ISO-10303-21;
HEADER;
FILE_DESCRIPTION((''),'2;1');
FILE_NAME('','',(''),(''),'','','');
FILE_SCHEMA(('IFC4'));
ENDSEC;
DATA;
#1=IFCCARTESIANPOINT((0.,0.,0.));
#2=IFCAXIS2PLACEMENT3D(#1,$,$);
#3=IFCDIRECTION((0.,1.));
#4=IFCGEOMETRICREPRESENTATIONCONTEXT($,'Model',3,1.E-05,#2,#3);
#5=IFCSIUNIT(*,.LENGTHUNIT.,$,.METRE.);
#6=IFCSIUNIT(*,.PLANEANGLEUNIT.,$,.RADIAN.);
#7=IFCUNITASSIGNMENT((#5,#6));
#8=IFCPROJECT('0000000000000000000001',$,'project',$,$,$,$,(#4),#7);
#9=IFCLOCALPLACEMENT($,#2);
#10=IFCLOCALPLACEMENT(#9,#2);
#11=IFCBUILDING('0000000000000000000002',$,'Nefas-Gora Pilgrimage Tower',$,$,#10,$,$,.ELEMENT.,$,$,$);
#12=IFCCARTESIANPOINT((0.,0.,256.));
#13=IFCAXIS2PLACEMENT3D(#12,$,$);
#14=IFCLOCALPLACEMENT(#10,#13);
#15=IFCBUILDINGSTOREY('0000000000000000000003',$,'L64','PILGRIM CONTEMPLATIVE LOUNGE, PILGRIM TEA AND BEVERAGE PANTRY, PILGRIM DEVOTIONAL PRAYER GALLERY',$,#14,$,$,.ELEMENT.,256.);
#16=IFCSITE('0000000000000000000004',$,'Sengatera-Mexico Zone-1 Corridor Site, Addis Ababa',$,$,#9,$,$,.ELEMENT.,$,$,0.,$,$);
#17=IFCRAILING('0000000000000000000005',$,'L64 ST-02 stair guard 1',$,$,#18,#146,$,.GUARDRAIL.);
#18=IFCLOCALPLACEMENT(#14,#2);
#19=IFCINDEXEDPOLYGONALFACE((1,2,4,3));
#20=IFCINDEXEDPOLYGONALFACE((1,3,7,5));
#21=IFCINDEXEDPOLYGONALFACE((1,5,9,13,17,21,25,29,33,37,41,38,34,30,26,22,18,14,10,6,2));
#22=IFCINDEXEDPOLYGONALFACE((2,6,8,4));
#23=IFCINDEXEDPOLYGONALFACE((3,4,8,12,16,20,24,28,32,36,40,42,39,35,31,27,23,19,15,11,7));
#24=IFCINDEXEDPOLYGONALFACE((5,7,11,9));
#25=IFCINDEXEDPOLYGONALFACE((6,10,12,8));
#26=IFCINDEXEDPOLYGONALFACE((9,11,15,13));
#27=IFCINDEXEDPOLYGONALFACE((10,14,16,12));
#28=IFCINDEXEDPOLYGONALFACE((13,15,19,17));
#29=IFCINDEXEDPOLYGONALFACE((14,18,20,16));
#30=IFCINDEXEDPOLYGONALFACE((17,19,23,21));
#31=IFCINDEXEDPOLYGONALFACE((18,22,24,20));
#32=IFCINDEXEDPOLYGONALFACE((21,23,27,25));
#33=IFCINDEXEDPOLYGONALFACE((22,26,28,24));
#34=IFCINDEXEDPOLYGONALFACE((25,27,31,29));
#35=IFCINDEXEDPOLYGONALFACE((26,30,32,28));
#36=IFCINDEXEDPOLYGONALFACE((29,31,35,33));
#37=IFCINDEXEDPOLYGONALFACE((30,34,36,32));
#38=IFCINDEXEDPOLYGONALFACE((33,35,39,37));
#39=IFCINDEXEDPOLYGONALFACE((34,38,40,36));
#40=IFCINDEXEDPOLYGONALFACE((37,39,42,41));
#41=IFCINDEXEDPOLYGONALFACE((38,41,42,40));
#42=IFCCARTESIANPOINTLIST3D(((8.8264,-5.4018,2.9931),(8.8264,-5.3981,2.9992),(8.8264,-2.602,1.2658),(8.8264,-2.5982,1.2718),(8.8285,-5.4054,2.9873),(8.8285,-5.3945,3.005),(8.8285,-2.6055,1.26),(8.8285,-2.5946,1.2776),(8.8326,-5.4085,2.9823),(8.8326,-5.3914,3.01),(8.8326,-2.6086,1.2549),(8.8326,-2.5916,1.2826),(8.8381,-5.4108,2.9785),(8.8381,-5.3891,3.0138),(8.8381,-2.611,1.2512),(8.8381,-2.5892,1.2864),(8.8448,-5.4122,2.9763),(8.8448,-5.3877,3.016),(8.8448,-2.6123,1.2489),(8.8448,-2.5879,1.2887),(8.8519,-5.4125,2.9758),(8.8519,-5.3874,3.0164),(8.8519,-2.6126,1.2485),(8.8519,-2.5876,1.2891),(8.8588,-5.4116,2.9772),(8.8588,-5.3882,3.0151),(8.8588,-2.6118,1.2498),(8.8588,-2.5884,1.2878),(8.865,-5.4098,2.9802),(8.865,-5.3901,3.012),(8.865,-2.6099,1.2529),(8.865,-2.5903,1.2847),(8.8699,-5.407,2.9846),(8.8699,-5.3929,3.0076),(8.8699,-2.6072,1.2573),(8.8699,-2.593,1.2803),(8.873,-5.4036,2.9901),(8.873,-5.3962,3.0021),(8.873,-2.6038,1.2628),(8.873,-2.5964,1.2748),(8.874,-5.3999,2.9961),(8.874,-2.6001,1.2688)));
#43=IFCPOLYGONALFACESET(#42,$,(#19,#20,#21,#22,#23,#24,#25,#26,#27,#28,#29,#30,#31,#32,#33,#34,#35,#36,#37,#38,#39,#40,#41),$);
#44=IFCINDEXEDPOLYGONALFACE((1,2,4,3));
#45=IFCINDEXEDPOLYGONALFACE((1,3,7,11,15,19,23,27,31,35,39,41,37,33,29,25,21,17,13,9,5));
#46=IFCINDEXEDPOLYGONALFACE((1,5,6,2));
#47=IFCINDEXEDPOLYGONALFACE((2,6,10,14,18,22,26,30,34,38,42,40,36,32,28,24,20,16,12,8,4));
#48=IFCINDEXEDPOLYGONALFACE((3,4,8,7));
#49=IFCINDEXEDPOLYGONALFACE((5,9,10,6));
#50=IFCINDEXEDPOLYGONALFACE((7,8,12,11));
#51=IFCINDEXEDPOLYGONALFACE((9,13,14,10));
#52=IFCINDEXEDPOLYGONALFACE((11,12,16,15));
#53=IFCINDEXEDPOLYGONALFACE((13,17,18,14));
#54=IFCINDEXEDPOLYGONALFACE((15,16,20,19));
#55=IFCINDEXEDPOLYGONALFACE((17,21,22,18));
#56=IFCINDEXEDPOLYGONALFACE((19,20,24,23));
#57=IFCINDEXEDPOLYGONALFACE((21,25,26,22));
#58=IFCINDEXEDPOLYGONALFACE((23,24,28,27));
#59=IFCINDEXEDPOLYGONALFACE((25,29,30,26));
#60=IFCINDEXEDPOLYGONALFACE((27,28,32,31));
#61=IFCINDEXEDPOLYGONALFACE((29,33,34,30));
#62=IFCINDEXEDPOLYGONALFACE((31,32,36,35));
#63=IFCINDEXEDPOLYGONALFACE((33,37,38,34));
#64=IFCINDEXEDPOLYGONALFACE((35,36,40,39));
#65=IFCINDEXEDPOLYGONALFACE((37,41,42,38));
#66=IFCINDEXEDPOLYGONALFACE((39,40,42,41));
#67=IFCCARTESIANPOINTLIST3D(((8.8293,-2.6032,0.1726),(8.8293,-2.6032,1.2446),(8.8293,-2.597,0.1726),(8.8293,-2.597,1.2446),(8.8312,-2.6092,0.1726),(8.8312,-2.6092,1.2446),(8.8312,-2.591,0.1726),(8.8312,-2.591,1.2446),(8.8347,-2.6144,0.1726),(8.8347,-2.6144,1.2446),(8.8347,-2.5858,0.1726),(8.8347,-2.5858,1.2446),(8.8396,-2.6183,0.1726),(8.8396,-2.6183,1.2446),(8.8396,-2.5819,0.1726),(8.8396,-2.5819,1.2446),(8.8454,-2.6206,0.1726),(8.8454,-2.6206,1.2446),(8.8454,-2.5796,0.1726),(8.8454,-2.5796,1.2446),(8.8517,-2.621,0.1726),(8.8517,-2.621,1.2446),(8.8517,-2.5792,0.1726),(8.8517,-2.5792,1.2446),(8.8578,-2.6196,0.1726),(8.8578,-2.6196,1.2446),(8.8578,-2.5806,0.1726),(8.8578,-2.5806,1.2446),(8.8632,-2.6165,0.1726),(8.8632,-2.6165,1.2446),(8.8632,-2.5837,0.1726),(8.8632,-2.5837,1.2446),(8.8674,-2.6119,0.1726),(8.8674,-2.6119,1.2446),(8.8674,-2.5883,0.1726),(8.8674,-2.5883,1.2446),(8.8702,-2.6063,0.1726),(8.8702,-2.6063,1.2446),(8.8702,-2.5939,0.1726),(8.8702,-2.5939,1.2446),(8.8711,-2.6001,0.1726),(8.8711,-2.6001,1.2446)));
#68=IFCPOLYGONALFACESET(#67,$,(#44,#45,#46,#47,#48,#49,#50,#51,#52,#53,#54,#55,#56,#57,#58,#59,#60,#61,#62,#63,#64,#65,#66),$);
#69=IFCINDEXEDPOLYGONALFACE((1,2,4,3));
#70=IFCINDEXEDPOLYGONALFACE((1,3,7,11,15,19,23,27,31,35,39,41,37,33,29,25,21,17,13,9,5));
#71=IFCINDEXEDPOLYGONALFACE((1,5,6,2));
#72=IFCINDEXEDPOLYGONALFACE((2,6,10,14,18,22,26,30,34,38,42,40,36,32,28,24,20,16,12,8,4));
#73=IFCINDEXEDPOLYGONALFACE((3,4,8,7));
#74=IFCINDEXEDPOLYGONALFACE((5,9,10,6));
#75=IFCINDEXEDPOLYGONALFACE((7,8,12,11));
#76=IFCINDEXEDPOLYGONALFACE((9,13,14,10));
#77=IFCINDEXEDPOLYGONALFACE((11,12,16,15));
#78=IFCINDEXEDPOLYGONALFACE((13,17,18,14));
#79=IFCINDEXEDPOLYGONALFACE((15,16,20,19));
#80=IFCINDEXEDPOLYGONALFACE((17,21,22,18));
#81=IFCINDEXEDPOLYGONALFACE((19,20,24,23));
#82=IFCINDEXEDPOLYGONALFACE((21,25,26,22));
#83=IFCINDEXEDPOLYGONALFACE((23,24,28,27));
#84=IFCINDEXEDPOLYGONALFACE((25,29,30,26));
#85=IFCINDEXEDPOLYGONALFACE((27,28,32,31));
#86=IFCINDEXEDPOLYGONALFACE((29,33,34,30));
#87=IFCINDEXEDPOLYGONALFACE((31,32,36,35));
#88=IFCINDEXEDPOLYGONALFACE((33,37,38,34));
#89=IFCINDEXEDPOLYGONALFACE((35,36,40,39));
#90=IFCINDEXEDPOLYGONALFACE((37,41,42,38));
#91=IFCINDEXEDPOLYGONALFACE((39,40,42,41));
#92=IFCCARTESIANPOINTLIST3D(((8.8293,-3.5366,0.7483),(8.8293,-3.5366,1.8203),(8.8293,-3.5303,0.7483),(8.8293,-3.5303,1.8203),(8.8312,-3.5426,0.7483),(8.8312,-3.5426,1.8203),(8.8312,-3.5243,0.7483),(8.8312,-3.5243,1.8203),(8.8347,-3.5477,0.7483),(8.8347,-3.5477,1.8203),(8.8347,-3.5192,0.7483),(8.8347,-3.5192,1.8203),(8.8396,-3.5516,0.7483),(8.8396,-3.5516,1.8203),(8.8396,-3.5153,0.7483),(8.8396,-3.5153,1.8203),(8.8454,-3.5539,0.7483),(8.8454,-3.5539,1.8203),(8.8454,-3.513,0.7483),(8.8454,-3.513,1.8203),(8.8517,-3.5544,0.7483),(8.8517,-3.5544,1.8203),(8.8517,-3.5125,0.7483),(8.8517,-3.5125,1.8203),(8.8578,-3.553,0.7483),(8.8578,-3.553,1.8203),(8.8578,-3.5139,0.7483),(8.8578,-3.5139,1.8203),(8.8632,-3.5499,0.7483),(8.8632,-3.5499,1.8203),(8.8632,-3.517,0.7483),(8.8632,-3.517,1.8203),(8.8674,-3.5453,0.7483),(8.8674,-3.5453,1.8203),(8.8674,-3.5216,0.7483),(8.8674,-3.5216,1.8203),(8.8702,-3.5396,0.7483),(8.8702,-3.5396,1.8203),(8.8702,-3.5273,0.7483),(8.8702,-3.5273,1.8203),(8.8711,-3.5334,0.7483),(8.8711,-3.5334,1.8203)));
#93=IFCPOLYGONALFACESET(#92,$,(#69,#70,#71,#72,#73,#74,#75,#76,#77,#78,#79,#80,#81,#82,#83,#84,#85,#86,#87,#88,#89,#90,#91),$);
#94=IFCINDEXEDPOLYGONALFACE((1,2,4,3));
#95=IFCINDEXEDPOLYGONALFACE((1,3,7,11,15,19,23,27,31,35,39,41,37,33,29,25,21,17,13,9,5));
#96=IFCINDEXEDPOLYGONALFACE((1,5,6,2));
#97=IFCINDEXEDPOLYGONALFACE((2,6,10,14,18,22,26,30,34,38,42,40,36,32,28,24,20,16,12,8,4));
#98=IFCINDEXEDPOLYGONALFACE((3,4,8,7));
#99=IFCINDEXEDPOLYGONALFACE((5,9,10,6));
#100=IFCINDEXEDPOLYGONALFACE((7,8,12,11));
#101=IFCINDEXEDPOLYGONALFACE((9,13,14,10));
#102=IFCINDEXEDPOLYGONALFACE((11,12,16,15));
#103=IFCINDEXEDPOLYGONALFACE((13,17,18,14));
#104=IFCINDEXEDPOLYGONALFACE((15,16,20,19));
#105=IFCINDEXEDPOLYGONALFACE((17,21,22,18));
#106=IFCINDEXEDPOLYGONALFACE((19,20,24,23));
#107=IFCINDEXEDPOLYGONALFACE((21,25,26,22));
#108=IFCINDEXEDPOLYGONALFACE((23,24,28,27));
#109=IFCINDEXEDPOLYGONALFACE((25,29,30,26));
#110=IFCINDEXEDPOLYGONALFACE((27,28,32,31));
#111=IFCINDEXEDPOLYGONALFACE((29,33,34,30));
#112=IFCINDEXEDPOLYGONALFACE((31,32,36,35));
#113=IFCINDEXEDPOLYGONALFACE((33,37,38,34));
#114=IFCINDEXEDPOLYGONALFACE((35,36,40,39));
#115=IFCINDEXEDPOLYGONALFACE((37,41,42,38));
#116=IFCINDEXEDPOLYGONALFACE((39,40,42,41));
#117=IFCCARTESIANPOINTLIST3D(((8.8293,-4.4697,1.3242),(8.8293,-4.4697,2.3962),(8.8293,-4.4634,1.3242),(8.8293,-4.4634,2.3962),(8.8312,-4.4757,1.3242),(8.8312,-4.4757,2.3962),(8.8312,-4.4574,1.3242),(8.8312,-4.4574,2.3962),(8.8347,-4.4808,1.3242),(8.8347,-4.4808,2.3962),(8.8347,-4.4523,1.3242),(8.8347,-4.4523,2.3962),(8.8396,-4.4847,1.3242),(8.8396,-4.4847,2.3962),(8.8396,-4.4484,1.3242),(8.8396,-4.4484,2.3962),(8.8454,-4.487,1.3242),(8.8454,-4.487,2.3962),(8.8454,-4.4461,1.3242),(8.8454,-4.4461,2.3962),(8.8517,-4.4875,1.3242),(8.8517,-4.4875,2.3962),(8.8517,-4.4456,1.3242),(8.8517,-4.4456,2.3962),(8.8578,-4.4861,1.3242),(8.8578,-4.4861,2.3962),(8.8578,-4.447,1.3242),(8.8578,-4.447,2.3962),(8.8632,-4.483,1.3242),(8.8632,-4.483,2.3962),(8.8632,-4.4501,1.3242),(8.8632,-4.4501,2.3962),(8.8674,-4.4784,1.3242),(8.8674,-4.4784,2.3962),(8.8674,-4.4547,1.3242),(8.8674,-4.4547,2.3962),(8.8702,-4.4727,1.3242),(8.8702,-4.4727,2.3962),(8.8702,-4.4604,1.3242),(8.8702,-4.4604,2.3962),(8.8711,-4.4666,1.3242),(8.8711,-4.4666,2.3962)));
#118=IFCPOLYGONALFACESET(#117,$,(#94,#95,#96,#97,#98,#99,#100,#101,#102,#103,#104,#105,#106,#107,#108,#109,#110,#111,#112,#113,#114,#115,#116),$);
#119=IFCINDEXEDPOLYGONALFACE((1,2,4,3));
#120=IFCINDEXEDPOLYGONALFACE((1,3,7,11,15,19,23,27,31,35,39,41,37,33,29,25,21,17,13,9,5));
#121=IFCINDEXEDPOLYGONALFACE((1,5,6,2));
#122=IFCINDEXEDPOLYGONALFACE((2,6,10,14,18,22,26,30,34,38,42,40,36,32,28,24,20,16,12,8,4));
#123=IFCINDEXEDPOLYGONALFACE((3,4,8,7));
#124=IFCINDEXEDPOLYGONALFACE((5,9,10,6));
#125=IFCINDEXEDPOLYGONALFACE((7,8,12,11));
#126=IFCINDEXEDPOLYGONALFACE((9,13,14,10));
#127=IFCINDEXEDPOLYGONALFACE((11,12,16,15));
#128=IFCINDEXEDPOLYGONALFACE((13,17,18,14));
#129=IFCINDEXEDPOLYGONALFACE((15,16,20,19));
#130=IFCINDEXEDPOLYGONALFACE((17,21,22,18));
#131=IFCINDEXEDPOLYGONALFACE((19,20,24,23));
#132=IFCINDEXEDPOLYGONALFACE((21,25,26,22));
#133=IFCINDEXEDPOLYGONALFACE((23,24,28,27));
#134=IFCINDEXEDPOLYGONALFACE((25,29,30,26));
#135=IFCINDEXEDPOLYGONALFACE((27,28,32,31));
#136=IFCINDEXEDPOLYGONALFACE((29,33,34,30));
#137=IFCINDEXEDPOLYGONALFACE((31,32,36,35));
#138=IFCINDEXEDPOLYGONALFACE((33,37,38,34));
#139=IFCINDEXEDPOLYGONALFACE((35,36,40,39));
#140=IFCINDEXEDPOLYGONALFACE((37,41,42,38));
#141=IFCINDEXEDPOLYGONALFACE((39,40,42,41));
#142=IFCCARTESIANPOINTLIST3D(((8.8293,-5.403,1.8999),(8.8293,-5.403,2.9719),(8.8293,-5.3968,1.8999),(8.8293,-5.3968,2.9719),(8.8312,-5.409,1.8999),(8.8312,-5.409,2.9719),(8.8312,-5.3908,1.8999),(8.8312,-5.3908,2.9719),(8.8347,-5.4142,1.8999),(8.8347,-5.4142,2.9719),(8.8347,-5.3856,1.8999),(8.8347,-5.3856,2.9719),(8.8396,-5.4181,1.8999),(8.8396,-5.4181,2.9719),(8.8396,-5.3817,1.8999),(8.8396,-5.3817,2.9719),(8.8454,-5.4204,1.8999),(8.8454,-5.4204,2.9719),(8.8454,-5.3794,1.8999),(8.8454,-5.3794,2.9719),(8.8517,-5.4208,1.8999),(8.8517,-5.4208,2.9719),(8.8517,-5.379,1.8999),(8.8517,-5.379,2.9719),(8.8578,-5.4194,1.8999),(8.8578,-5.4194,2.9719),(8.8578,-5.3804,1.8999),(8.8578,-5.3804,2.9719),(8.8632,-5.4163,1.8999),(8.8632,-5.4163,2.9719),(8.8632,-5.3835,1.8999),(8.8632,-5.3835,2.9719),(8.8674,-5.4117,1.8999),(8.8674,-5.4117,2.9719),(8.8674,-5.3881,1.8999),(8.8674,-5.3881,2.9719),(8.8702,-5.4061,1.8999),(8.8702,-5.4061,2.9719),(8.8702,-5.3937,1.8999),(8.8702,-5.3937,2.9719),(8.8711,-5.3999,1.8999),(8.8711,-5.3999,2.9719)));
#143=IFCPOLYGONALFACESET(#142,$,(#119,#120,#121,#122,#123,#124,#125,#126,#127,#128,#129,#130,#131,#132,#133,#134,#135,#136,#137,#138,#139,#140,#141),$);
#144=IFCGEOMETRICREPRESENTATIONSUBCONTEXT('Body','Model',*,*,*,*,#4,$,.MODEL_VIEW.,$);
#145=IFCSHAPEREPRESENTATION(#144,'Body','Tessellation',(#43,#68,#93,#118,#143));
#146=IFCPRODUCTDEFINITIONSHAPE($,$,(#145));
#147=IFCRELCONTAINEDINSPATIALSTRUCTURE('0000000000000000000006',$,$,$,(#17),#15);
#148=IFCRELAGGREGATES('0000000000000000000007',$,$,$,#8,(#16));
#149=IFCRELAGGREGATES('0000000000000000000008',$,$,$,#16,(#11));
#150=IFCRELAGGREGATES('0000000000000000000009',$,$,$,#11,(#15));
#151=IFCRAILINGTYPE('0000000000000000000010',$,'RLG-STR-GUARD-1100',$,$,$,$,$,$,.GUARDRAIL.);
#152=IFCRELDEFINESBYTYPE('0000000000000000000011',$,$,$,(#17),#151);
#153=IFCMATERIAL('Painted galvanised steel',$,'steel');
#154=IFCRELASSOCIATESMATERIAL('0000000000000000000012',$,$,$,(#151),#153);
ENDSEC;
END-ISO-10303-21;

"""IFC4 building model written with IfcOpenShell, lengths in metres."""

from ifc_helpers import new_model, si_unit, direction, frame, origin, origin_2d, place, context, subcontext, project, spatial, circle, extrude, material, type_object, element, save


model = new_model("IFC4")

# Units and contexts
model_context = context("Model", 3, precision=1e-05, world=origin(), true_north=direction((0.0, 1.0)))
body_context = subcontext(model_context, "Body", "Model", "MODEL_VIEW")
ifc_project = project(units=[si_unit("LENGTHUNIT", "METRE"), si_unit("PLANEANGLEUNIT", "RADIAN")], contexts=[model_context])

# Site, building, storey
site_placement = place(None, origin())
site = spatial("IfcSite", under=ifc_project, at=site_placement, Name="Sengatera-Mexico Zone-1 Corridor Site, Addis Ababa", CompositionType="ELEMENT", RefElevation=0.0)
building_placement = place(site_placement, origin())
building = spatial("IfcBuilding", under=site, at=building_placement, Name="Nefas-Gora Pilgrimage Tower", CompositionType="ELEMENT")
storey_placement = place(building_placement, frame((0.0, 0.0, 256.0)))
storey = spatial("IfcBuildingStorey", under=building, at=storey_placement, Name="L64", Description="PILGRIM CONTEMPLATIVE LOUNGE, PILGRIM TEA AND BEVERAGE PANTRY, PILGRIM DEVOTIONAL PRAYER GALLERY", CompositionType="ELEMENT", Elevation=256.0)

# Railing
ifc_material_1 = material(Name="Painted galvanised steel", Category="steel")
railing_type_1 = type_object("IfcRailingType", Name="RLG-STR-GUARD-1100", PredefinedType="GUARDRAIL", material=ifc_material_1)
railing_1_placement = place(storey_placement, frame((8.8501, -2.6001, 0.1726)))
element("IfcRailing", 1, at=railing_1_placement, inside=storey, type_object=railing_type_1, Name="L64 ST-02 stair guard 1", PredefinedType="GUARDRAIL", context=body_context, shape_type="SweptSolid", body=[
    extrude(circle(Radius=0.0239, at=origin_2d()), frame((0.0, 0.0, 1.0962), z_axis=(0.0, -0.851069, 0.525054), x_axis=(1.0, 0.0, 0.0)), (0.0, 0.0, 1.0), 3.2898),
    extrude(circle(Radius=0.021, at=origin_2d()), origin(), (0.0, 0.0, 1.0), 1.072),
    extrude(circle(Radius=0.021, at=origin_2d()), frame((0.0, -0.9333, 0.5757)), (0.0, 0.0, 1.0), 1.072),
    extrude(circle(Radius=0.021, at=origin_2d()), frame((0.0, -1.8665, 1.1516)), (0.0, 0.0, 1.0), 1.072),
    extrude(circle(Radius=0.021, at=origin_2d()), frame((0.0, -2.7998, 1.7273)), (0.0, 0.0, 1.0), 1.072),
])

save(model, "model.ifc")
